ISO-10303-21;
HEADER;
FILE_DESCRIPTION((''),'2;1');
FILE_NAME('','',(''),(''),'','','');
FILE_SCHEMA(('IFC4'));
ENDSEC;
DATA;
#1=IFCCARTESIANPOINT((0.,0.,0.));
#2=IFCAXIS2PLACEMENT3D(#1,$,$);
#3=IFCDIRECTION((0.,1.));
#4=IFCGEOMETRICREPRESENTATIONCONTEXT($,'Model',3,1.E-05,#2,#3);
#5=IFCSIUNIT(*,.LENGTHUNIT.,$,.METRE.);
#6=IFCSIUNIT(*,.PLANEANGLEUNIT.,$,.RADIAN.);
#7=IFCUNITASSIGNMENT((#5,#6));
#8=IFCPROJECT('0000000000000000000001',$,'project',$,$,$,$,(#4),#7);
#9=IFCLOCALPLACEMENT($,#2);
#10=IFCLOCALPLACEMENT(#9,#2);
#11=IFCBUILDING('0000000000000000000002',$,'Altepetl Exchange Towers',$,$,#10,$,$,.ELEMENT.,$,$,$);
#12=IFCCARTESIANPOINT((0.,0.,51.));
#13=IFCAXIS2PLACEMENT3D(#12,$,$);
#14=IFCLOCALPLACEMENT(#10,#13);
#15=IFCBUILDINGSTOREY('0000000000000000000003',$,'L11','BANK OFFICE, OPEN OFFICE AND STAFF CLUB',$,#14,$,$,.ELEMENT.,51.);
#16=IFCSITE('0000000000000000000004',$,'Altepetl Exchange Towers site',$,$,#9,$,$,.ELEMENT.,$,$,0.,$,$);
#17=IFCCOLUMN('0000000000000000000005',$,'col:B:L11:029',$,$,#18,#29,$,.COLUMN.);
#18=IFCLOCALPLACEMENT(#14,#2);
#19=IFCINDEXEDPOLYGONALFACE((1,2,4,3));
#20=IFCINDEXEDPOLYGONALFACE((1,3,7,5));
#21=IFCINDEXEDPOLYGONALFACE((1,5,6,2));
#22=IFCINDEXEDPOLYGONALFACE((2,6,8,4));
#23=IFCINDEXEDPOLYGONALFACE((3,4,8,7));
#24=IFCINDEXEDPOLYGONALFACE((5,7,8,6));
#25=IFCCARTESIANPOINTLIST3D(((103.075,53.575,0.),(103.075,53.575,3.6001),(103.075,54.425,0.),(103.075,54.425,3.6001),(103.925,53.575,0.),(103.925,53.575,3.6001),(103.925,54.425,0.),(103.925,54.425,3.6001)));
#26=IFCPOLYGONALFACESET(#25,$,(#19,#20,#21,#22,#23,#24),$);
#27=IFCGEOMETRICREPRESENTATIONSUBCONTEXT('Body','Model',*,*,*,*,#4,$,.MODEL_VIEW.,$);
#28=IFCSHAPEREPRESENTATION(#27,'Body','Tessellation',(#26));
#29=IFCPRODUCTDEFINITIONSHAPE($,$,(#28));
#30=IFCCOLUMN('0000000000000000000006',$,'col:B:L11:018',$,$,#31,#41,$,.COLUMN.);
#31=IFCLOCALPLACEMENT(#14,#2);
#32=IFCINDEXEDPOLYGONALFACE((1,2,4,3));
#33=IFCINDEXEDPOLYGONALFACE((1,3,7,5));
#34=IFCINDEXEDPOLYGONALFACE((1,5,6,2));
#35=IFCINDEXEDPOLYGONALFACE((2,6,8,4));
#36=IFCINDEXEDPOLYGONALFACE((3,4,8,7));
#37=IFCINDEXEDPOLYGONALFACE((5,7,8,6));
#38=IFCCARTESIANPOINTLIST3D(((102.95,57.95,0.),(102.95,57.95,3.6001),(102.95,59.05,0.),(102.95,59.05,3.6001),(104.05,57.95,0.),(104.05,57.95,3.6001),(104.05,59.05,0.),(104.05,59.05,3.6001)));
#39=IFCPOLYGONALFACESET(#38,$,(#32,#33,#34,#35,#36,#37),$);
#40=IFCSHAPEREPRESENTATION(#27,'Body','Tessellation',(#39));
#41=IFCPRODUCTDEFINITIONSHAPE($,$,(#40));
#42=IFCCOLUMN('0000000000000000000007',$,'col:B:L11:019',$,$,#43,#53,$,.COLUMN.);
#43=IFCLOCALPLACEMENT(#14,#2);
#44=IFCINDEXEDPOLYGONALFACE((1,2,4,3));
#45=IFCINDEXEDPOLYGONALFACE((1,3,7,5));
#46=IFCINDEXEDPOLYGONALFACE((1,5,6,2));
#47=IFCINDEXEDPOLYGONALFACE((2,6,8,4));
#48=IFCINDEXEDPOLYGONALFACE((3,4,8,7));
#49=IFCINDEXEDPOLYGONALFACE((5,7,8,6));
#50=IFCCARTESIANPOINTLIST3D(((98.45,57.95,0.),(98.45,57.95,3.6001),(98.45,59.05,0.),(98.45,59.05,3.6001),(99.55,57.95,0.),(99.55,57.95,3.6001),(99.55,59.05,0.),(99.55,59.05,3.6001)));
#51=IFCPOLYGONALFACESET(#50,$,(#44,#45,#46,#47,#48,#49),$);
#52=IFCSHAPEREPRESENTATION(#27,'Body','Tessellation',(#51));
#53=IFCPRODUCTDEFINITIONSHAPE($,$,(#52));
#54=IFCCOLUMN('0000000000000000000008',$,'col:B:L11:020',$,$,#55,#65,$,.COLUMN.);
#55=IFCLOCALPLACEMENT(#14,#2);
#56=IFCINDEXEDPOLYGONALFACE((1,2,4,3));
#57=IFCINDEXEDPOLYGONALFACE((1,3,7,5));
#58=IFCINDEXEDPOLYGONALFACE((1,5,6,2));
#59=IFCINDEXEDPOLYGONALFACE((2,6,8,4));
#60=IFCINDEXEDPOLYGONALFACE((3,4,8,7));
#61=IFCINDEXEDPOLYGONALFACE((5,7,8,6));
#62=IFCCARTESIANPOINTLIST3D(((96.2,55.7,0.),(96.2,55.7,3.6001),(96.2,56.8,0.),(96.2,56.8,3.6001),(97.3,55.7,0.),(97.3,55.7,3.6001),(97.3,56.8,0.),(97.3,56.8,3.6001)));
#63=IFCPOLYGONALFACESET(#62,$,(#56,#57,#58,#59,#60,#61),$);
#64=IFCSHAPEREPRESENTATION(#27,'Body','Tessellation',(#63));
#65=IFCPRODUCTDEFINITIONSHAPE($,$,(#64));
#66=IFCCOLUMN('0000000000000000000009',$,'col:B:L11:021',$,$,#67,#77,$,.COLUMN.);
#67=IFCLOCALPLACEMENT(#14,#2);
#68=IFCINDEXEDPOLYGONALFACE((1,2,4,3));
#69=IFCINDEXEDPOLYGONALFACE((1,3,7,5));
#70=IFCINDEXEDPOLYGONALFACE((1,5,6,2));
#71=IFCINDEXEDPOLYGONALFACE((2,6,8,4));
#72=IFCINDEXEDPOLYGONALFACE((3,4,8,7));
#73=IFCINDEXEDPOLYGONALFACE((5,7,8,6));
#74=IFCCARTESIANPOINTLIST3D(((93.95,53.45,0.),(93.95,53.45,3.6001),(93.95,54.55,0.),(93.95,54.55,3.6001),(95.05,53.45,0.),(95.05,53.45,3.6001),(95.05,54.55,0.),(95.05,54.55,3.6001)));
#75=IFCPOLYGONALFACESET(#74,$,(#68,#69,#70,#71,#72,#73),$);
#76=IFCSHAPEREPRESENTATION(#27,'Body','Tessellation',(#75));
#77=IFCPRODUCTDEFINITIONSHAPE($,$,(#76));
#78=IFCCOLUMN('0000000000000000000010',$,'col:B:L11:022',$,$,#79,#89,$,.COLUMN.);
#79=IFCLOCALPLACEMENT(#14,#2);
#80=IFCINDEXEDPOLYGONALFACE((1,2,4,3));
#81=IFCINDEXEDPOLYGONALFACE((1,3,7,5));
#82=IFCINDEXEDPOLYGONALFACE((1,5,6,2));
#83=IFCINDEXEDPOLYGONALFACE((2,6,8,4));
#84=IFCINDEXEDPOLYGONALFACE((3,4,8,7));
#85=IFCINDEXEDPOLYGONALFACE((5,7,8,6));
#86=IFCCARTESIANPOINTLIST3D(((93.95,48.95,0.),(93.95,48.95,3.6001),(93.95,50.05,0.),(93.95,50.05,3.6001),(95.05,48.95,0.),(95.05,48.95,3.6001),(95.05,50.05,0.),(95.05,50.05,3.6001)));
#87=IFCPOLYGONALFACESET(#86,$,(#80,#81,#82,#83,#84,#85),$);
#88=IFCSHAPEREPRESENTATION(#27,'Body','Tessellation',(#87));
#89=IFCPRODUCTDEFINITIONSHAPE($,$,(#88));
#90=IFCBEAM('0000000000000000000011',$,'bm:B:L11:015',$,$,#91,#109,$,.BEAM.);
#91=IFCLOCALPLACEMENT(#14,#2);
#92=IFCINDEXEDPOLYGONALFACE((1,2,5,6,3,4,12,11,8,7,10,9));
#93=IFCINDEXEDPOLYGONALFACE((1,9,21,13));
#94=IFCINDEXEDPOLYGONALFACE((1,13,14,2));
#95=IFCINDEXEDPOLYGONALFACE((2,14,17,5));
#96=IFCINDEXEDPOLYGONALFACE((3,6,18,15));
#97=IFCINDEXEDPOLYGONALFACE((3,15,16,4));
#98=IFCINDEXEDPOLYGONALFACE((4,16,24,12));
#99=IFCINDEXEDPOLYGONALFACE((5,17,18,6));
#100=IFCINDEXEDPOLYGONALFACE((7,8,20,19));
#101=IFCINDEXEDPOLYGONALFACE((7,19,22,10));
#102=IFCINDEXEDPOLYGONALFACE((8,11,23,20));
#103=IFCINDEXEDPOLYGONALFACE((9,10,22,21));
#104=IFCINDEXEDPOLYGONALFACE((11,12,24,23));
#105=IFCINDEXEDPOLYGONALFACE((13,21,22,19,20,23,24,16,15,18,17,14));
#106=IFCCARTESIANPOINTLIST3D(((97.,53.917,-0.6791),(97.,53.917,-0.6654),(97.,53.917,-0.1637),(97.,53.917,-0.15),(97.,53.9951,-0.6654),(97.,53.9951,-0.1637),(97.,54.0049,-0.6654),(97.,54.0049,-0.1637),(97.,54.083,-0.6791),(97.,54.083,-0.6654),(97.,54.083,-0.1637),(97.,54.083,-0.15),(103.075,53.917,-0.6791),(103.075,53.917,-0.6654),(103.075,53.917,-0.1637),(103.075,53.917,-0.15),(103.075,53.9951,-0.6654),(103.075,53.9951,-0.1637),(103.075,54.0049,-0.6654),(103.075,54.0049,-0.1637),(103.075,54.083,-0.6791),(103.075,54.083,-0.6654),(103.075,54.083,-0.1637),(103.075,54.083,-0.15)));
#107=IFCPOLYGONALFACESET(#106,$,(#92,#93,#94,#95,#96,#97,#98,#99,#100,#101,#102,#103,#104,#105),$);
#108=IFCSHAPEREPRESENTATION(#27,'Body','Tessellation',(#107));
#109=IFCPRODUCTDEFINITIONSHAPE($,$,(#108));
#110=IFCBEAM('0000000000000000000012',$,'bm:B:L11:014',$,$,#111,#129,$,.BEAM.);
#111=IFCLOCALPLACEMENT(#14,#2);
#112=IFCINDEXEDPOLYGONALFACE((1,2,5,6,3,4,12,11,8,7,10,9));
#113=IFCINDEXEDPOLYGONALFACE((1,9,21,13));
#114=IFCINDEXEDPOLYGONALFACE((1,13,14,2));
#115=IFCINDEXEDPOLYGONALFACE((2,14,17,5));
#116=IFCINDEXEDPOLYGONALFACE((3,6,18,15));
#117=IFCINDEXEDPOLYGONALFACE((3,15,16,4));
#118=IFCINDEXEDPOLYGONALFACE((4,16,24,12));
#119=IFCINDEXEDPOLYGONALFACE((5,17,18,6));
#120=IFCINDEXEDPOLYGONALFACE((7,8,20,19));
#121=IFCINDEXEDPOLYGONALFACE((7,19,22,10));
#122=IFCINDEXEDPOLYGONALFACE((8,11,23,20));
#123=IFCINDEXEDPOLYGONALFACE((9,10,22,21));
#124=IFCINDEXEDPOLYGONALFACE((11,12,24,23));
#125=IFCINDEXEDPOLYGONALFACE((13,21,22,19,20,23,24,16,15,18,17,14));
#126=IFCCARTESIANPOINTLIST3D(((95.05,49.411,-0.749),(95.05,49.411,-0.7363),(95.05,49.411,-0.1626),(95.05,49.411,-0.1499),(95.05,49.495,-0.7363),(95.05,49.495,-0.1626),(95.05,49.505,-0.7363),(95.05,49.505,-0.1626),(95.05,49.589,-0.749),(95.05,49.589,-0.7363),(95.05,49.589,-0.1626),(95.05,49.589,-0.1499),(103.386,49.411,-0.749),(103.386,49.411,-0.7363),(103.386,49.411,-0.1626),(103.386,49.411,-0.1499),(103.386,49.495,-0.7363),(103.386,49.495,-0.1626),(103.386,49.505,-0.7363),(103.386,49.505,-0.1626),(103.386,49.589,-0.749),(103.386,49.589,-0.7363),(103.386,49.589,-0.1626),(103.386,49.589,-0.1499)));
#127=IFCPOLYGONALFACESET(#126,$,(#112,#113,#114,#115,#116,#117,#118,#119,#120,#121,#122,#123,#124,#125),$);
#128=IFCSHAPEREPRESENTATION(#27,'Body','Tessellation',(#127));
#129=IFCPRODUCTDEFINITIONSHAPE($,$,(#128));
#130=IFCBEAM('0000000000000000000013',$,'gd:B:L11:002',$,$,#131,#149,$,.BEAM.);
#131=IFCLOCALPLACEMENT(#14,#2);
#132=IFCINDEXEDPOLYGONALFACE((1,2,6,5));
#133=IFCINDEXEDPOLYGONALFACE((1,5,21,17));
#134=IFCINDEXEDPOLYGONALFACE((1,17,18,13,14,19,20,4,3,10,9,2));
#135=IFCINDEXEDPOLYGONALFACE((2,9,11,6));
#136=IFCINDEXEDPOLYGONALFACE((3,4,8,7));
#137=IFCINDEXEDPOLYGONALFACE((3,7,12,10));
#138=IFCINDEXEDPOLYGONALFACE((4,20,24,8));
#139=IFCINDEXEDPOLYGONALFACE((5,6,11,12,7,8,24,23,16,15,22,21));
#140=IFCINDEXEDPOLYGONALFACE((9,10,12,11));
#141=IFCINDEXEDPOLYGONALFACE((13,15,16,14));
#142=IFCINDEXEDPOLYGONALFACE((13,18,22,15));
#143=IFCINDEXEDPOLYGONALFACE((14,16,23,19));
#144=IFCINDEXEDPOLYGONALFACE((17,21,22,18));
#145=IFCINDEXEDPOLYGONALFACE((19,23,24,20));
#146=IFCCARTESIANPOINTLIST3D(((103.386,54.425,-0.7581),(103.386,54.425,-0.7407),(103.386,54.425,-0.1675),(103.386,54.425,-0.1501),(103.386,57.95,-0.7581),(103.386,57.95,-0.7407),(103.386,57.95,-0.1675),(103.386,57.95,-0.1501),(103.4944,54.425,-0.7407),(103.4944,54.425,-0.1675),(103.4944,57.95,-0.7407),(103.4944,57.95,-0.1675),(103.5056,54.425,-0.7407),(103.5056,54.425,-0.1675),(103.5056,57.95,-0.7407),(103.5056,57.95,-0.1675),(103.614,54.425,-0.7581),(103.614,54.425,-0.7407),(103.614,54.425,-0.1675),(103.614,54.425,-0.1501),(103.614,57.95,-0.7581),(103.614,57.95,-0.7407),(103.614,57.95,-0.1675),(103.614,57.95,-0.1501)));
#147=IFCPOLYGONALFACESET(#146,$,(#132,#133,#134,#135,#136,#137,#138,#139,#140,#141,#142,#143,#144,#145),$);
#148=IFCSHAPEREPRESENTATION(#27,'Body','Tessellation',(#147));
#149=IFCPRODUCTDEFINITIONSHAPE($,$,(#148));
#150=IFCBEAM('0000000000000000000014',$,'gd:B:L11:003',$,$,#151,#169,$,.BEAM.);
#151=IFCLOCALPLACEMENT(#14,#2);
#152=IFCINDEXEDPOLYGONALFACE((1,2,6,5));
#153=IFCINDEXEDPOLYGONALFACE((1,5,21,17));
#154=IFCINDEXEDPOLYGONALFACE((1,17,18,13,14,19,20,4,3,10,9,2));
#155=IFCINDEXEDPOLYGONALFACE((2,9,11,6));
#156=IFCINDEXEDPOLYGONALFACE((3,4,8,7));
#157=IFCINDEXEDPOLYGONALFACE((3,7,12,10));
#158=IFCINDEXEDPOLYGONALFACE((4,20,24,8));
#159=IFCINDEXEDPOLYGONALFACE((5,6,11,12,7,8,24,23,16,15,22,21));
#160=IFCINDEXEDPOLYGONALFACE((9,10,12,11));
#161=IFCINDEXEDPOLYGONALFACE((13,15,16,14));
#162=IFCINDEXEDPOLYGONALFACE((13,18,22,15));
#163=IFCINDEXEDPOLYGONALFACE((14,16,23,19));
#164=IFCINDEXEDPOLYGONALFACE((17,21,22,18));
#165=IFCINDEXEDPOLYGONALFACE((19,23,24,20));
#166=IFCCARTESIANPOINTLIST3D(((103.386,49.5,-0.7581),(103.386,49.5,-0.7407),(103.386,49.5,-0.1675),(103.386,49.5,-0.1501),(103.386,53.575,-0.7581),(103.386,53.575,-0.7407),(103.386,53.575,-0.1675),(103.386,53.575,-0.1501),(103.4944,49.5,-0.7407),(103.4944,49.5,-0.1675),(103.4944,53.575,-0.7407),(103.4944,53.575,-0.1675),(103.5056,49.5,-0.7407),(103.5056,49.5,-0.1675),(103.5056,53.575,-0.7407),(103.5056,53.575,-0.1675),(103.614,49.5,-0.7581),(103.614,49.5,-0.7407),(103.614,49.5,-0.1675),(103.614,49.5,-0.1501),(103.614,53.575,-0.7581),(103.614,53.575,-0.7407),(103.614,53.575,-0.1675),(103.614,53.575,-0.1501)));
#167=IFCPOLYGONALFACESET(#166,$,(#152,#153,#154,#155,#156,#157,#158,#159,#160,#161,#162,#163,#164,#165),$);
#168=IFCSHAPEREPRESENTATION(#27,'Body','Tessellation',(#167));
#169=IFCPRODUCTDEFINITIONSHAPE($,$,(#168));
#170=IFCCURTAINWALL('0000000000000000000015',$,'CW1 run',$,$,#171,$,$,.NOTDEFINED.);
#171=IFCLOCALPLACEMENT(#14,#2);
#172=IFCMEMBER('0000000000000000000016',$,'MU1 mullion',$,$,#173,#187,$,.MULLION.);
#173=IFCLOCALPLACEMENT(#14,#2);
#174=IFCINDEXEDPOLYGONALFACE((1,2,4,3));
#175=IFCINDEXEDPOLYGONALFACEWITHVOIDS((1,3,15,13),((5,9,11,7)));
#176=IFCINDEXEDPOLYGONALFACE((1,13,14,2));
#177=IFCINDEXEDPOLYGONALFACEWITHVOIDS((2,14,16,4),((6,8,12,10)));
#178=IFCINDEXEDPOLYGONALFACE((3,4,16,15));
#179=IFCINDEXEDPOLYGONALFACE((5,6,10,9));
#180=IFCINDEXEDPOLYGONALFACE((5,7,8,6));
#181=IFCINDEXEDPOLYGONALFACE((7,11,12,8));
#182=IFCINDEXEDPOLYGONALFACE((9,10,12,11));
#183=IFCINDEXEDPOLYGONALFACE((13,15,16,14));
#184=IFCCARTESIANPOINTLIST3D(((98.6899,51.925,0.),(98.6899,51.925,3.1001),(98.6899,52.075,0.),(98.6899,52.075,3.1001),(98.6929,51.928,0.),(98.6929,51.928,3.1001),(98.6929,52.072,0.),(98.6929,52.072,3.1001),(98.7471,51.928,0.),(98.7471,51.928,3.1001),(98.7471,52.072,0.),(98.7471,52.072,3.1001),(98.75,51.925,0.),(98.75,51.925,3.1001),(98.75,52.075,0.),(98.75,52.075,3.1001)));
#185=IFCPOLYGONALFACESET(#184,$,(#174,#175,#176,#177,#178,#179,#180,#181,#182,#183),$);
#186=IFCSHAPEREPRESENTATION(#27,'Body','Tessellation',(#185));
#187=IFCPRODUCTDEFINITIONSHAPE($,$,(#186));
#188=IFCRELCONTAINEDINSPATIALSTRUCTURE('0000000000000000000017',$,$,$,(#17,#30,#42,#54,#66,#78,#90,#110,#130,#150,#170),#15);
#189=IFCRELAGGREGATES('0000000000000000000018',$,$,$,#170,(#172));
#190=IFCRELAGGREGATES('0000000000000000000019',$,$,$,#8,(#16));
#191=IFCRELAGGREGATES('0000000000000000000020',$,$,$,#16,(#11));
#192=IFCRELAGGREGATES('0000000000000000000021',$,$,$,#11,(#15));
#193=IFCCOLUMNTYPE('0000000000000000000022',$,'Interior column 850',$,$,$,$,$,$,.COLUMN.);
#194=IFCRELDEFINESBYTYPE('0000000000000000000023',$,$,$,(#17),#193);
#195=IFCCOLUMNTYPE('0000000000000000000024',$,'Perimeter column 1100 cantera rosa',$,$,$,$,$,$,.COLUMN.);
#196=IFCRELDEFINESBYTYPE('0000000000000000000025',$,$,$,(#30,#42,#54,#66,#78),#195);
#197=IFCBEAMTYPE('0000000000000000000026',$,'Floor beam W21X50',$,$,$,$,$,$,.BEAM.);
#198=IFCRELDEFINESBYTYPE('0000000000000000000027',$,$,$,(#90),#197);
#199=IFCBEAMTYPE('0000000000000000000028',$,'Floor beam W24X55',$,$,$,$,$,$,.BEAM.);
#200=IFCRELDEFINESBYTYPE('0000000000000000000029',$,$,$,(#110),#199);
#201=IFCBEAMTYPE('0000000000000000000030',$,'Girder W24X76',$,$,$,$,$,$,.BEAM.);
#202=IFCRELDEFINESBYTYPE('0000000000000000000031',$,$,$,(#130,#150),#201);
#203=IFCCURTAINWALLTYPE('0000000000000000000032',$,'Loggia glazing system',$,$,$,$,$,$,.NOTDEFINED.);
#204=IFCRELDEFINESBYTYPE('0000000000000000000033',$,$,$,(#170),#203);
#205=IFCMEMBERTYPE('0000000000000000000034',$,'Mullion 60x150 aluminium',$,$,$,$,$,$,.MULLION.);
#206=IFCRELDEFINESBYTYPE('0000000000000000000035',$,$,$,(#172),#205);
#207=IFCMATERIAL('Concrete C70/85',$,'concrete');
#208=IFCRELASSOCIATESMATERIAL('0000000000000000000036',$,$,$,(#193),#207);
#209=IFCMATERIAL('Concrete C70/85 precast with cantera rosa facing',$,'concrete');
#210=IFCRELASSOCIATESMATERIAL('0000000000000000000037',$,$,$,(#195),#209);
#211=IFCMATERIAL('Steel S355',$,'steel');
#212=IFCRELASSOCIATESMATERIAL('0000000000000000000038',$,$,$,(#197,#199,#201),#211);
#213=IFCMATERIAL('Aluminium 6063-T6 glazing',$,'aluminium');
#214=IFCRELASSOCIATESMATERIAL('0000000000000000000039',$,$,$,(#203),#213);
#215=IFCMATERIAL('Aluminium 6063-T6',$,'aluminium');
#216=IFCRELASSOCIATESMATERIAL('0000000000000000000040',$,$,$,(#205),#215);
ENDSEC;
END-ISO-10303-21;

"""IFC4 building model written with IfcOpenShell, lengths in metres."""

from ifc_helpers import new_model, si_unit, direction, frame, origin, origin_2d, place, context, subcontext, project, spatial, rectangle, hollow_rectangle, i_section, extrude, material, material_profile, profile_set, type_object, element, aggregate, save


model = new_model("IFC4")

# Units and contexts
model_context = context("Model", 3, precision=1e-05, world=origin(), true_north=direction((0.0, 1.0)))
body_context = subcontext(model_context, "Body", "Model", "MODEL_VIEW")
ifc_project = project(units=[si_unit("LENGTHUNIT", "METRE"), si_unit("PLANEANGLEUNIT", "RADIAN")], contexts=[model_context])

# Site, building, storey
site_placement = place(None, origin())
site = spatial("IfcSite", under=ifc_project, at=site_placement, Name="Altepetl Exchange Towers site", CompositionType="ELEMENT", RefElevation=0.0)
building_placement = place(site_placement, origin())
building = spatial("IfcBuilding", under=site, at=building_placement, Name="Altepetl Exchange Towers", CompositionType="ELEMENT")
storey_placement = place(building_placement, frame((0.0, 0.0, 51.0)))
storey = spatial("IfcBuildingStorey", under=building, at=storey_placement, Name="L11", Description="BANK OFFICE, OPEN OFFICE AND STAFF CLUB", CompositionType="ELEMENT", Elevation=51.0)

# Columns
ifc_material_1 = material(Name="Concrete C70/85", Category="concrete")
ifc_material_profile_1 = material_profile(ifc_material_1, rectangle(XDim=0.8501, YDim=0.8501, at=origin_2d()), Name="850 x 850")
ifc_profile_set_1 = profile_set([ifc_material_profile_1], Name="Concrete C70/85")
column_type_1 = type_object("IfcColumnType", Name="Interior column 850", PredefinedType="COLUMN", material=ifc_profile_set_1)
column_placement = place(storey_placement, frame((103.5, 54.0, 0.0)))
element("IfcColumn", 1, at=column_placement, inside=storey, type_object=column_type_1, Name="col:B:L11:029", PredefinedType="COLUMN", context=body_context, shape_type="SweptSolid", body=[
    extrude(rectangle(XDim=0.8501, YDim=0.8501, at=origin_2d()), origin(), (0.0, 0.0, 1.0), 3.6001),
])
ifc_material_2 = material(Name="Concrete C70/85 precast with cantera rosa facing", Category="concrete")
ifc_material_profile_2 = material_profile(ifc_material_2, rectangle(XDim=1.1001, YDim=1.1001, at=origin_2d()), Name="1100 x 1100")
ifc_profile_set_2 = profile_set([ifc_material_profile_2], Name="Concrete C70/85 precast with cantera rosa facing")
column_type_2 = type_object("IfcColumnType", Name="Perimeter column 1100 cantera rosa", PredefinedType="COLUMN", material=ifc_profile_set_2)
for number, where, name in (
    (2, (103.5, 58.5, 0.0), "col:B:L11:018"),
    (3, (99.0, 58.5, 0.0), "col:B:L11:019"),
    (4, (96.75, 56.25, 0.0), "col:B:L11:020"),
    (5, (94.5, 54.0, 0.0), "col:B:L11:021"),
    (6, (94.5, 49.5, 0.0), "col:B:L11:022"),
):
    element("IfcColumn", number, at=place(storey_placement, frame(where)), inside=storey, type_object=column_type_2, Name=name, PredefinedType="COLUMN", context=body_context, shape_type="SweptSolid", body=[
        extrude(rectangle(XDim=1.1001, YDim=1.1001, at=origin_2d()), origin(), (0.0, 0.0, 1.0), 3.6001),
    ])

# Beams
ifc_material_3 = material(Name="Steel S355", Category="steel")
ifc_material_profile_3 = material_profile(ifc_material_3, i_section(OverallWidth=0.166, OverallDepth=0.5291, WebThickness=0.0098, FlangeThickness=0.0137, at=origin_2d()), Name="W21X50")
ifc_profile_set_3 = profile_set([ifc_material_profile_3], Name="Steel S355")
beam_type_1 = type_object("IfcBeamType", Name="Floor beam W21X50", PredefinedType="BEAM", material=ifc_profile_set_3)
beam_1_placement = place(storey_placement, frame((97.0, 54.0, -0.4146), z_axis=(1.0, 0.0, 0.0), x_axis=(0.0, 1.0, 0.0)))
element("IfcBeam", 7, at=beam_1_placement, inside=storey, type_object=beam_type_1, Name="bm:B:L11:015", PredefinedType="BEAM", context=body_context, shape_type="SweptSolid", body=[
    extrude(i_section(OverallWidth=0.166, OverallDepth=0.5291, WebThickness=0.0098, FlangeThickness=0.0137, at=origin_2d()), origin(), (0.0, 0.0, 1.0), 6.075),
])
ifc_material_profile_4 = material_profile(ifc_material_3, i_section(OverallWidth=0.178, OverallDepth=0.5991, WebThickness=0.01, FlangeThickness=0.0127, at=origin_2d()), Name="W24X55")
ifc_profile_set_4 = profile_set([ifc_material_profile_4], Name="Steel S355")
beam_type_2 = type_object("IfcBeamType", Name="Floor beam W24X55", PredefinedType="BEAM", material=ifc_profile_set_4)
beam_2_placement = place(storey_placement, frame((95.05, 49.5, -0.4495), z_axis=(1.0, 0.0, 0.0), x_axis=(0.0, 1.0, 0.0)))
element("IfcBeam", 8, at=beam_2_placement, inside=storey, type_object=beam_type_2, Name="bm:B:L11:014", PredefinedType="BEAM", context=body_context, shape_type="SweptSolid", body=[
    extrude(i_section(OverallWidth=0.178, OverallDepth=0.5991, WebThickness=0.01, FlangeThickness=0.0127, at=origin_2d()), origin(), (0.0, 0.0, 1.0), 8.3359),
])
ifc_material_profile_5 = material_profile(ifc_material_3, i_section(OverallWidth=0.228, OverallDepth=0.6079, WebThickness=0.0112, FlangeThickness=0.0173, at=origin_2d()), Name="W24X76")
ifc_profile_set_5 = profile_set([ifc_material_profile_5], Name="Steel S355")
beam_type_3 = type_object("IfcBeamType", Name="Girder W24X76", PredefinedType="BEAM", material=ifc_profile_set_5)
beam_3_placement = place(storey_placement, frame((103.5, 57.95, -0.4541), z_axis=(0.0, -1.0, 0.0), x_axis=(1.0, 0.0, 0.0)))
element("IfcBeam", 9, at=beam_3_placement, inside=storey, type_object=beam_type_3, Name="gd:B:L11:002", PredefinedType="BEAM", context=body_context, shape_type="SweptSolid", body=[
    extrude(i_section(OverallWidth=0.228, OverallDepth=0.6079, WebThickness=0.0112, FlangeThickness=0.0173, at=origin_2d()), origin(), (0.0, 0.0, 1.0), 3.5249),
])
beam_4_placement = place(storey_placement, frame((103.5, 53.575, -0.4541), z_axis=(0.0, -1.0, 0.0), x_axis=(1.0, 0.0, 0.0)))
element("IfcBeam", 10, at=beam_4_placement, inside=storey, type_object=beam_type_3, Name="gd:B:L11:003", PredefinedType="BEAM", context=body_context, shape_type="SweptSolid", body=[
    extrude(i_section(OverallWidth=0.228, OverallDepth=0.6079, WebThickness=0.0112, FlangeThickness=0.0173, at=origin_2d()), origin(), (0.0, 0.0, 1.0), 4.075),
])

# Curtain wall, member
ifc_material_4 = material(Name="Aluminium 6063-T6 glazing", Category="aluminium")
curtain_wall_type = type_object("IfcCurtainWallType", Name="Loggia glazing system", PredefinedType="NOTDEFINED", material=ifc_material_4)
curtain_wall_1_placement = place(storey_placement, origin())
curtain_wall_1 = element("IfcCurtainWall", 11, at=curtain_wall_1_placement, inside=storey, type_object=curtain_wall_type, Name="CW1 run", PredefinedType="NOTDEFINED")
ifc_material_5 = material(Name="Aluminium 6063-T6", Category="aluminium")
ifc_material_profile_6 = material_profile(ifc_material_5, hollow_rectangle(XDim=0.0601, YDim=0.1499, WallThickness=0.0029, at=origin_2d()), Name="Mullion 60x150 aluminium")
ifc_profile_set_6 = profile_set([ifc_material_profile_6], Name="Aluminium 6063-T6")
member_type = type_object("IfcMemberType", Name="Mullion 60x150 aluminium", PredefinedType="MULLION", material=ifc_profile_set_6)
member_1_placement = place(storey_placement, frame((98.72, 52.0, 0.0), z_axis=(0.0, 0.0, 1.0), x_axis=(-1.0, 0.0, 0.0)))
member_1 = element("IfcMember", 12, at=member_1_placement, type_object=member_type, Name="MU1 mullion", PredefinedType="MULLION", context=body_context, shape_type="SweptSolid", body=[
    extrude(hollow_rectangle(XDim=0.0601, YDim=0.1499, WallThickness=0.0029, at=origin_2d()), origin(), (0.0, 0.0, 1.0), 3.1001),
])

aggregate(curtain_wall_1, [member_1])

save(model, "model.ifc")
